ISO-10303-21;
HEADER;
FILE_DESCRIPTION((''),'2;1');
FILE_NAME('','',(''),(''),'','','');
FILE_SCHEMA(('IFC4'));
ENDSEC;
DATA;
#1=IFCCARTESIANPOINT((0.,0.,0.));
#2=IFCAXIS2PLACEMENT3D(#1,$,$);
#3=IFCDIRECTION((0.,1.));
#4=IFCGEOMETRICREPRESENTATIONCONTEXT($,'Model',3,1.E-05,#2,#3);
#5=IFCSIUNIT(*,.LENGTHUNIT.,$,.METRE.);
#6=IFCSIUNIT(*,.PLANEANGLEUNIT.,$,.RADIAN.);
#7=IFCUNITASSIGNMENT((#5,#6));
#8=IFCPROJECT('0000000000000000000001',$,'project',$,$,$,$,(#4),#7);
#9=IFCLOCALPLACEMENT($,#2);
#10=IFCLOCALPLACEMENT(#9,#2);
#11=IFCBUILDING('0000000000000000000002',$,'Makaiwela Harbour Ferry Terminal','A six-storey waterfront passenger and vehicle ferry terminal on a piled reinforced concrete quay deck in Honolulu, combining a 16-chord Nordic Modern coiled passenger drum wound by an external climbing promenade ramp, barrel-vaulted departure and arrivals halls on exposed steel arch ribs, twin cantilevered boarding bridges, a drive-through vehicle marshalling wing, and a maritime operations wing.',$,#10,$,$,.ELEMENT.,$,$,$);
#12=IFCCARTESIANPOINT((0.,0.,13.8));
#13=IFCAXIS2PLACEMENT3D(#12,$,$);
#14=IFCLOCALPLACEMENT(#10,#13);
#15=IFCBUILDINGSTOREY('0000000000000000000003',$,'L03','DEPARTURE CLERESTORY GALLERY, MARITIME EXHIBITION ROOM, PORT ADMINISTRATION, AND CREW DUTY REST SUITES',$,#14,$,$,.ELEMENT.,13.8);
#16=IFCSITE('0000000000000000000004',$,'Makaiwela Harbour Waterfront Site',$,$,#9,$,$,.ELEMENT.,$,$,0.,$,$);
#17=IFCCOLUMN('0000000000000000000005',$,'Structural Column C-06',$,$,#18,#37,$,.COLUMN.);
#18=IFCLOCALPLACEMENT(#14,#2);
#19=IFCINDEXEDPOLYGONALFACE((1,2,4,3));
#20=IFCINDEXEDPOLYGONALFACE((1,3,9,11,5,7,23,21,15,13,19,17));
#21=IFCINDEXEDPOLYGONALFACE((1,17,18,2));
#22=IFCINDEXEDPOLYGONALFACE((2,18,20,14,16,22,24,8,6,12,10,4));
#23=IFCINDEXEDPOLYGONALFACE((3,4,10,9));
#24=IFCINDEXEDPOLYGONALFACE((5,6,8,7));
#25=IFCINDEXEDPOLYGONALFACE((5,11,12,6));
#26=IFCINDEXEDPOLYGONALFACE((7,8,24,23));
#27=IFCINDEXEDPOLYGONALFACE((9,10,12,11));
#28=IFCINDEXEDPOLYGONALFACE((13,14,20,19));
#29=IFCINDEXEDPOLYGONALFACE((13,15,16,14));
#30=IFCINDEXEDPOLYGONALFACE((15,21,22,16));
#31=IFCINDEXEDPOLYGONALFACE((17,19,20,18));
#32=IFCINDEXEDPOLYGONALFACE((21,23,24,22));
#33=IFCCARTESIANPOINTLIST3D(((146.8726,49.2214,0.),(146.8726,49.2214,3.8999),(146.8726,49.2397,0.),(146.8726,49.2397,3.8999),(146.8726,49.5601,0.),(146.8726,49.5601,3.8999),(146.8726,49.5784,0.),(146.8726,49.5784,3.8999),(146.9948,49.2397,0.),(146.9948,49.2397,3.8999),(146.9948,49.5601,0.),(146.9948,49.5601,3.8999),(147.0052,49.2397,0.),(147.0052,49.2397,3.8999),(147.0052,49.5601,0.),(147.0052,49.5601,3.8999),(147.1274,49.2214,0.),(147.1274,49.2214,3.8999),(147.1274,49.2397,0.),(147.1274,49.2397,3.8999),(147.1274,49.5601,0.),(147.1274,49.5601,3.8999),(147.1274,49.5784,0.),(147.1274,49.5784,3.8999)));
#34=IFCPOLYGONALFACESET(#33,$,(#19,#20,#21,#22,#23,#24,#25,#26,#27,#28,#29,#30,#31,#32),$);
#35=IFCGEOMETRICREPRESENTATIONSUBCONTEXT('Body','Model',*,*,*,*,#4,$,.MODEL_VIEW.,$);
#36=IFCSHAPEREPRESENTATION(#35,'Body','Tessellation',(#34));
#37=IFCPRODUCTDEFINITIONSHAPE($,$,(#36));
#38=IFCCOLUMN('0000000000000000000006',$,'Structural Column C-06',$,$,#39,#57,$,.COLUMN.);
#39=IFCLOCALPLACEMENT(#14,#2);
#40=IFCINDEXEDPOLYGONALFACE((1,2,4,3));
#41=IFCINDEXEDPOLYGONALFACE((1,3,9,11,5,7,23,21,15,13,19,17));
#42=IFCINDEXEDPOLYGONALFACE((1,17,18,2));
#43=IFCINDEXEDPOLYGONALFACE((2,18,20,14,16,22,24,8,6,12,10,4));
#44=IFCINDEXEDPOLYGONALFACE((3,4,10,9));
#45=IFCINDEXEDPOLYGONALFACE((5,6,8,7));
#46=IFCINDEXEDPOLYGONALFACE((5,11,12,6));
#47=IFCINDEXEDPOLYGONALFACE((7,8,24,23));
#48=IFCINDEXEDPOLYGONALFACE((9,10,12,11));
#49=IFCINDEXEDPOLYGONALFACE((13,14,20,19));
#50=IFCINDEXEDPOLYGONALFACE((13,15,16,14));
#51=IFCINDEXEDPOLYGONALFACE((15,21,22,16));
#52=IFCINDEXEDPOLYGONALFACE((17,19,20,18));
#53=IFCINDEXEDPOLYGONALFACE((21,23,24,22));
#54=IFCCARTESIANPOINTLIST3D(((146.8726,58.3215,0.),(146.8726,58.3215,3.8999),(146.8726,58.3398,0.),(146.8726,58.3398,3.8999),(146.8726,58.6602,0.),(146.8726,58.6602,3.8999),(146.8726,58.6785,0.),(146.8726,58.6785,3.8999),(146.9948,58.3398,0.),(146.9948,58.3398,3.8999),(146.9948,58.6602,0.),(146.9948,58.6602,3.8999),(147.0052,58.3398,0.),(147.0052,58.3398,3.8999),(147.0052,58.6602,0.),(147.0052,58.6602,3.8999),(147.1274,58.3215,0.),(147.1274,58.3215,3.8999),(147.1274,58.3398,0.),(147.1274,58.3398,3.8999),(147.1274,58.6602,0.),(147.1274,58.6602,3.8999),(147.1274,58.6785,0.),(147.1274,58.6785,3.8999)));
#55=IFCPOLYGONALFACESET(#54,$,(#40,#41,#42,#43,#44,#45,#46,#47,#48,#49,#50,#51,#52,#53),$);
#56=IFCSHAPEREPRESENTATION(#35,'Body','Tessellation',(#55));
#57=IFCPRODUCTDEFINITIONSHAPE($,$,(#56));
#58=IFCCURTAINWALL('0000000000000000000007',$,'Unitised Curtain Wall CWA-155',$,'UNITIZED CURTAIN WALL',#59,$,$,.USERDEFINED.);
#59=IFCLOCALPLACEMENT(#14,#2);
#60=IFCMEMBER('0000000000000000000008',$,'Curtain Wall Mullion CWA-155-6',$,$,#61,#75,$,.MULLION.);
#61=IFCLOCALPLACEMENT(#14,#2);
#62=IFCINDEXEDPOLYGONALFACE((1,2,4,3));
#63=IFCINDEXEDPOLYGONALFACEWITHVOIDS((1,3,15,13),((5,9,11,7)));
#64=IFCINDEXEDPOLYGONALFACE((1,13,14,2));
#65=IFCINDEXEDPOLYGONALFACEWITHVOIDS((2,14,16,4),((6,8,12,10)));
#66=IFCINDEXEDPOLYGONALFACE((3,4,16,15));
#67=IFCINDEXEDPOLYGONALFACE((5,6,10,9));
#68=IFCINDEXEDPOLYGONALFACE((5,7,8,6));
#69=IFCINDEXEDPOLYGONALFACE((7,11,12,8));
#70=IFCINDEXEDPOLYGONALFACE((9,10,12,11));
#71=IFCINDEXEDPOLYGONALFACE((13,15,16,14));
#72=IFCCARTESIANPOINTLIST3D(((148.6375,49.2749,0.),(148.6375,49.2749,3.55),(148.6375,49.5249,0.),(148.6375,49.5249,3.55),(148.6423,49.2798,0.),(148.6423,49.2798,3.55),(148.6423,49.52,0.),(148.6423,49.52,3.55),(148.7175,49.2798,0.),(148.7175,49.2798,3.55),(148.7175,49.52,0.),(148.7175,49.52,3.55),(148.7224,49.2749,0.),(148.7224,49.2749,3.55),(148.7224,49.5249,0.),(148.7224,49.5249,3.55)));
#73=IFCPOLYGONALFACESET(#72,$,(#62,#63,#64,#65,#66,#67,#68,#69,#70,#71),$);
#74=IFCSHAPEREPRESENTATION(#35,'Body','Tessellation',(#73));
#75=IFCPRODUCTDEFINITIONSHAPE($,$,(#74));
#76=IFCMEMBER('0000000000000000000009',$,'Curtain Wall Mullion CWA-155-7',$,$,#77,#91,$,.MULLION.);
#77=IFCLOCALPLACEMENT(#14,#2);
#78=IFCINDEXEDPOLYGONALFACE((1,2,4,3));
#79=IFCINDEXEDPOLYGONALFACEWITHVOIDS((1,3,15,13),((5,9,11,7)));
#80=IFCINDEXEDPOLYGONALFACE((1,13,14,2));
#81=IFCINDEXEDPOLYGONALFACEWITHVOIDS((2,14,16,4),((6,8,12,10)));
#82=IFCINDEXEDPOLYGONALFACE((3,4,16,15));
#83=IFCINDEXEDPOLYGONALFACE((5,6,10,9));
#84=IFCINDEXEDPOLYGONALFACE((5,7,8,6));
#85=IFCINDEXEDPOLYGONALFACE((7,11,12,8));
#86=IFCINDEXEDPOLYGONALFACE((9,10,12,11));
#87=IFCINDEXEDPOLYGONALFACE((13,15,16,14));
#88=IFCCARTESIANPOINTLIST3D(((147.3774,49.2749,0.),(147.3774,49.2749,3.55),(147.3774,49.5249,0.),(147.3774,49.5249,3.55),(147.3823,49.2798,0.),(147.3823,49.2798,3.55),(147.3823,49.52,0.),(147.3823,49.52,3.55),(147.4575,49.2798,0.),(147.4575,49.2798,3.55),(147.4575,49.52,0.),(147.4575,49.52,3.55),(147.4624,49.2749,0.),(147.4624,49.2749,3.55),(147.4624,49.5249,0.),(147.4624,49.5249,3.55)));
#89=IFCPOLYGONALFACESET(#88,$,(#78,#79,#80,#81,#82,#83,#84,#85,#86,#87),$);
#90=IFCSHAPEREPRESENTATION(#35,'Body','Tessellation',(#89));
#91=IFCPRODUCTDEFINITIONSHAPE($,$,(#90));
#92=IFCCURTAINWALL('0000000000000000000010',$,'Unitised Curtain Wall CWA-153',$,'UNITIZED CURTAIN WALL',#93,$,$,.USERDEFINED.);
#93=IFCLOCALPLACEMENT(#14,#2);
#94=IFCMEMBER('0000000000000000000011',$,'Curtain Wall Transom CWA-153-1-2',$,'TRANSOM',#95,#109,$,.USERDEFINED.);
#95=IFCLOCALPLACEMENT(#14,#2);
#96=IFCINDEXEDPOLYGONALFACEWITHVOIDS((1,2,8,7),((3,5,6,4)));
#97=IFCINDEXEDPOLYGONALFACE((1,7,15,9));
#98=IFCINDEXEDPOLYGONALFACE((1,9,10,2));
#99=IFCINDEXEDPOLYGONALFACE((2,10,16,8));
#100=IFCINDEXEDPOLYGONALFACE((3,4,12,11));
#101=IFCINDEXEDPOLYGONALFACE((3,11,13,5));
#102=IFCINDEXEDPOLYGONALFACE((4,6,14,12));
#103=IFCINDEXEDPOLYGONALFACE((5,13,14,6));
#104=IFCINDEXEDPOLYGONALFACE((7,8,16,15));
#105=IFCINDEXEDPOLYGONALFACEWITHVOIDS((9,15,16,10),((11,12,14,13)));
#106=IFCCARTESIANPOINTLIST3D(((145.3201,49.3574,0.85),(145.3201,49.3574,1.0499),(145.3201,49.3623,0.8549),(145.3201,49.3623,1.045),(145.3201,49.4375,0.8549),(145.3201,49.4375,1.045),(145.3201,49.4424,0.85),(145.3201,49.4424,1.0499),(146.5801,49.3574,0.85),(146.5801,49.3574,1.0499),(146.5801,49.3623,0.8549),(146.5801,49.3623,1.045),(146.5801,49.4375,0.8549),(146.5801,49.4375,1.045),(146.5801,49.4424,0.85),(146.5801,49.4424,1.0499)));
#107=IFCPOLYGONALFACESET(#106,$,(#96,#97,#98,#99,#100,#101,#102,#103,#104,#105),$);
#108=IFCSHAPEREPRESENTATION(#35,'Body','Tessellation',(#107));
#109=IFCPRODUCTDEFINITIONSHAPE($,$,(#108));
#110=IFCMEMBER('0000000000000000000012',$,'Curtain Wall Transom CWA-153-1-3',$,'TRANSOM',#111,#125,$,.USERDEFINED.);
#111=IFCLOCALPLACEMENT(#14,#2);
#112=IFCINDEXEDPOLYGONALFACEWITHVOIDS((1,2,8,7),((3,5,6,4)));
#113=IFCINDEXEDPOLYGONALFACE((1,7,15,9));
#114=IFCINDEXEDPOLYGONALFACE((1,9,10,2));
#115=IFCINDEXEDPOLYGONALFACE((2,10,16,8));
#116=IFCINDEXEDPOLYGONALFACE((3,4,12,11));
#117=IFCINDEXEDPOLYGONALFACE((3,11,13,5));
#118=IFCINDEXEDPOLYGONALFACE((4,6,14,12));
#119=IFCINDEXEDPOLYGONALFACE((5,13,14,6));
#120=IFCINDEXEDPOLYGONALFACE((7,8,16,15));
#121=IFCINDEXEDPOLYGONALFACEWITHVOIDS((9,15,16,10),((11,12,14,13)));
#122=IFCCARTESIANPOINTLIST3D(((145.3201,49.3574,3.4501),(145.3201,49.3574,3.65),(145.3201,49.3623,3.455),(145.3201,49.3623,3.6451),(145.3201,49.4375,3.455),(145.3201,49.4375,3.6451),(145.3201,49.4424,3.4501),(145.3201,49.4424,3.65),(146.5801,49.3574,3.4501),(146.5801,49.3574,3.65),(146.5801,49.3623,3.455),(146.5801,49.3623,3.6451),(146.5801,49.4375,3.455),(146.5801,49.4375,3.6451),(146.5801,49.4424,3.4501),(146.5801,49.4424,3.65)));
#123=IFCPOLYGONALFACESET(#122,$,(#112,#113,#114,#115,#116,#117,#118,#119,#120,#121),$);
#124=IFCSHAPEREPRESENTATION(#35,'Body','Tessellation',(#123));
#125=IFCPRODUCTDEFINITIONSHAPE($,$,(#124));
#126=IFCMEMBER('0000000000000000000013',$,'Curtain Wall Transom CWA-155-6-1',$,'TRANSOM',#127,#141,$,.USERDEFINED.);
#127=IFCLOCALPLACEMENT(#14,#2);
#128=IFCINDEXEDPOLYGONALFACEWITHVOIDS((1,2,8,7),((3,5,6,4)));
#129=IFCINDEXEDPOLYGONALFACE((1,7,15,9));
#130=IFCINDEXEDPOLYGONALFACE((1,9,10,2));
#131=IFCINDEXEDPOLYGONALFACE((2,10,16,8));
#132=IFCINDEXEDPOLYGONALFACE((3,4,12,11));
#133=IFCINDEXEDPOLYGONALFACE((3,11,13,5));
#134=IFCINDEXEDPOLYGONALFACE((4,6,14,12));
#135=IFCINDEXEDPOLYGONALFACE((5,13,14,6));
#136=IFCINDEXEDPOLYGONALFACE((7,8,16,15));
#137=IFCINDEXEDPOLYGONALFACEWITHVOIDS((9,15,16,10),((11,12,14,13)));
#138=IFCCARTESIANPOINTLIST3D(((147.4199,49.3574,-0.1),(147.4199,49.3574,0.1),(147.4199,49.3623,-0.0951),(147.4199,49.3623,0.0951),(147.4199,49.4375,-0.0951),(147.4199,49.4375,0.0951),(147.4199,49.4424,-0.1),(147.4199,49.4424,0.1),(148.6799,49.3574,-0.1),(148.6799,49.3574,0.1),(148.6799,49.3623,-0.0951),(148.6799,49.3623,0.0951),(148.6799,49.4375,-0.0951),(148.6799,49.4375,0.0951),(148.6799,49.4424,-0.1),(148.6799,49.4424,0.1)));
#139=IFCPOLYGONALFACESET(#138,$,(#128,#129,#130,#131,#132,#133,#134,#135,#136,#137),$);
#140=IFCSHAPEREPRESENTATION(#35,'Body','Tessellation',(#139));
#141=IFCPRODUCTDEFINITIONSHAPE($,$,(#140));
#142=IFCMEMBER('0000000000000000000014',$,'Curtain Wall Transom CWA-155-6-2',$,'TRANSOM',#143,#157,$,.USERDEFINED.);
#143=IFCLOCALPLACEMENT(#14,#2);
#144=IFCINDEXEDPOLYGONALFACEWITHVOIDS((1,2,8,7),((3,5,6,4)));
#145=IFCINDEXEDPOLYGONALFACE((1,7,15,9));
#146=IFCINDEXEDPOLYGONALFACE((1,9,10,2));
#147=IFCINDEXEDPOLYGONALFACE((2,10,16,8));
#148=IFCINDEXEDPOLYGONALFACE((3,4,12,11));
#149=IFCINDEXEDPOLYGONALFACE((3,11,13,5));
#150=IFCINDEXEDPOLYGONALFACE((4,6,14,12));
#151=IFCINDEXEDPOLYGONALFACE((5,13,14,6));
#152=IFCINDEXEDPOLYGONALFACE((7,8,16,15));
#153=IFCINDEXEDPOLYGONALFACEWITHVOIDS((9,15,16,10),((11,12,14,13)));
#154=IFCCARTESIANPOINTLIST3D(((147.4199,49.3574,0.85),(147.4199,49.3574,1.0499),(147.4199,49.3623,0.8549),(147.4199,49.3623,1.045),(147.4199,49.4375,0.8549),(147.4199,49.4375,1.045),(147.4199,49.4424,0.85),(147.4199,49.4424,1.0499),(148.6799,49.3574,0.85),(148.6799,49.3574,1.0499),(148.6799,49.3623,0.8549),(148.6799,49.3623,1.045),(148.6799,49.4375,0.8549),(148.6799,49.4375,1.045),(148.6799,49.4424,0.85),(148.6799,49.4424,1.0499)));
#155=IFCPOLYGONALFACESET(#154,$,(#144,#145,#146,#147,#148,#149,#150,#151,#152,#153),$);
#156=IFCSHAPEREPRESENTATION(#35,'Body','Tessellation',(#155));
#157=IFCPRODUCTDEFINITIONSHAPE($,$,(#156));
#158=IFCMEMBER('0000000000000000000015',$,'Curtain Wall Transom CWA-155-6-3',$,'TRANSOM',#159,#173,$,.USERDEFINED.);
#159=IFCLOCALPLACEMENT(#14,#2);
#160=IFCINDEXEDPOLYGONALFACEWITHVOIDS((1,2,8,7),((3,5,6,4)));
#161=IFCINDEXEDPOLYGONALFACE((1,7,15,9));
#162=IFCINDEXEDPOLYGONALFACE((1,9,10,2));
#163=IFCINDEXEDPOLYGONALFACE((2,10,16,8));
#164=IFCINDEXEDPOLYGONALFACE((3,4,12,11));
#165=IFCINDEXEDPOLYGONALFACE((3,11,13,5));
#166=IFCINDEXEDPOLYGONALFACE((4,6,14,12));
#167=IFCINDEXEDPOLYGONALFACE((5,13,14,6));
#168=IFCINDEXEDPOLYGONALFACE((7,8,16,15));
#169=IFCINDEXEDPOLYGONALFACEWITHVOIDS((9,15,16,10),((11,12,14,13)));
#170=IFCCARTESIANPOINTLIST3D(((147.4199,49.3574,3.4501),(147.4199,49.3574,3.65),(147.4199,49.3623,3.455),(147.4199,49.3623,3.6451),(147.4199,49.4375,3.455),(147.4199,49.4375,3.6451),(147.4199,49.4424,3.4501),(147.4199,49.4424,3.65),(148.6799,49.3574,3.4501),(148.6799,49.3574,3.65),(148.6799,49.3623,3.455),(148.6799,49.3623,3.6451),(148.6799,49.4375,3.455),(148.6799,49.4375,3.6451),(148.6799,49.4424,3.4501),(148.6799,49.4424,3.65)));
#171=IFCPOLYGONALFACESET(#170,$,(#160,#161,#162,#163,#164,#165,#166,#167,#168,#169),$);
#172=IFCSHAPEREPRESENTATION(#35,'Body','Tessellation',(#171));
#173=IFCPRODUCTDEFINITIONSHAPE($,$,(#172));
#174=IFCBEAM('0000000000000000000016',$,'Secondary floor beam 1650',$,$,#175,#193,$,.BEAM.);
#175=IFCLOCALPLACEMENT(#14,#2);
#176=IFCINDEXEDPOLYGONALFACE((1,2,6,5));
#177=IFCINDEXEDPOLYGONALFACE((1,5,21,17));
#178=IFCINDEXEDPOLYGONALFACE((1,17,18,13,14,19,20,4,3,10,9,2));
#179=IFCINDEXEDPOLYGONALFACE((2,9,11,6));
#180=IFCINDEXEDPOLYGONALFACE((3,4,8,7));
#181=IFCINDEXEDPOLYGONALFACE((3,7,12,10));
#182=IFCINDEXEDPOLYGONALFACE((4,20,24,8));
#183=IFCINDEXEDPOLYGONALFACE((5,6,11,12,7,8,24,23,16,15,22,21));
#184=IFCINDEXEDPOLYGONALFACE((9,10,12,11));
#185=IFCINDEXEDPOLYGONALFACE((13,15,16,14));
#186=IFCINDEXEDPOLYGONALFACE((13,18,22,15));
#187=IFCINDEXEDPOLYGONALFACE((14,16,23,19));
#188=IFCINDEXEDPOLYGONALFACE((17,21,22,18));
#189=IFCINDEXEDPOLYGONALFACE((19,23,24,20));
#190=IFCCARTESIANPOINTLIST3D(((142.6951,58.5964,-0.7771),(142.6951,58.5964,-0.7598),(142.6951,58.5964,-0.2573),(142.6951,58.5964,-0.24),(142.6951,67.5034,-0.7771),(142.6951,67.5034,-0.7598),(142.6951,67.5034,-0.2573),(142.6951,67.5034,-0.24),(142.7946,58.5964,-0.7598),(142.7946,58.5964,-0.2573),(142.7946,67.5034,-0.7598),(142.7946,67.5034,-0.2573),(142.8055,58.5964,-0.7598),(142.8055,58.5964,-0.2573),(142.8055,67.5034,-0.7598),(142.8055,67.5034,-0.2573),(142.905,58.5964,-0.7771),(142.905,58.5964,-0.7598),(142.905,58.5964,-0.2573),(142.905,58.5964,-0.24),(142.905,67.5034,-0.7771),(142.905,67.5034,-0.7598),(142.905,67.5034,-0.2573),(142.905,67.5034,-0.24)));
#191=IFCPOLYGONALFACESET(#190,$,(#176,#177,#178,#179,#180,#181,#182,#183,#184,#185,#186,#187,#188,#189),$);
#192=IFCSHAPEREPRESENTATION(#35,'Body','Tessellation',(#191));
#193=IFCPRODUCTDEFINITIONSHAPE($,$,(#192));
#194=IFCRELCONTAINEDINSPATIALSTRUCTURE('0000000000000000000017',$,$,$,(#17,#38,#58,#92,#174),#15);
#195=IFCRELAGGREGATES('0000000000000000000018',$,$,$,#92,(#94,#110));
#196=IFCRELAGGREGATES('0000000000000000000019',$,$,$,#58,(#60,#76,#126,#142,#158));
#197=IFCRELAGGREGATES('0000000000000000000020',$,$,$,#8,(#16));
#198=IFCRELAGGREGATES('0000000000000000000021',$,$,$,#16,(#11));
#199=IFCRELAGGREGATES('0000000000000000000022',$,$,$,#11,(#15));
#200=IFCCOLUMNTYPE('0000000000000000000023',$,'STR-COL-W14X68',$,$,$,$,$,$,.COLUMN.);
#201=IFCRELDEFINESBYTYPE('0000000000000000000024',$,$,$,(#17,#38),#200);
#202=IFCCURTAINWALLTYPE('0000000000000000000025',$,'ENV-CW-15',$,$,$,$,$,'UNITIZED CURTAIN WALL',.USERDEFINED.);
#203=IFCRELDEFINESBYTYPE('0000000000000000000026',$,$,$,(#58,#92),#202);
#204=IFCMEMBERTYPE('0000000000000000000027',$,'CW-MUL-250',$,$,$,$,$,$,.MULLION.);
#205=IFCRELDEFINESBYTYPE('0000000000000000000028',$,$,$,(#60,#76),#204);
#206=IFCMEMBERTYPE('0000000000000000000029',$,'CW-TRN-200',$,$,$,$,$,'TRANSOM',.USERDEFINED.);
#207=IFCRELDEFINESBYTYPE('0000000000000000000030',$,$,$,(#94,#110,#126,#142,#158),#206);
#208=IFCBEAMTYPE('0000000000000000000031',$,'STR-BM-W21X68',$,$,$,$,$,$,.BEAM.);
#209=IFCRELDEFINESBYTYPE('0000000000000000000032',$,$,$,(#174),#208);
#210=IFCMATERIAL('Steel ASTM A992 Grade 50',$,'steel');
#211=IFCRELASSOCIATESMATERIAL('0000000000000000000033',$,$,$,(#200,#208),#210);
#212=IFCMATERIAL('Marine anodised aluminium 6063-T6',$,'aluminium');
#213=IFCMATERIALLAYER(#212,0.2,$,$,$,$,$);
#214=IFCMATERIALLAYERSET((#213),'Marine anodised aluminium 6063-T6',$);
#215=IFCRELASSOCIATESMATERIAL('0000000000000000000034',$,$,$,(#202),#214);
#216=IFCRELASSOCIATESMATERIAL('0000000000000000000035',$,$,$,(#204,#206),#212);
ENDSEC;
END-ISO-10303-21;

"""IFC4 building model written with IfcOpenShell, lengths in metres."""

from ifc_helpers import new_model, si_unit, direction, frame, origin, origin_2d, place, context, subcontext, project, spatial, hollow_rectangle, i_section, extrude, material, layer, layer_set, material_profile, profile_set, type_object, element, aggregate, save


model = new_model("IFC4")

# Units and contexts
model_context = context("Model", 3, precision=1e-05, world=origin(), true_north=direction((0.0, 1.0)))
body_context = subcontext(model_context, "Body", "Model", "MODEL_VIEW")
ifc_project = project(units=[si_unit("LENGTHUNIT", "METRE"), si_unit("PLANEANGLEUNIT", "RADIAN")], contexts=[model_context])

# Site, building, storey
site_placement = place(None, origin())
site = spatial("IfcSite", under=ifc_project, at=site_placement, Name="Makaiwela Harbour Waterfront Site", CompositionType="ELEMENT", RefElevation=0.0)
building_placement = place(site_placement, origin())
building = spatial("IfcBuilding", under=site, at=building_placement, Name="Makaiwela Harbour Ferry Terminal", Description="A six-storey waterfront passenger and vehicle ferry terminal on a piled reinforced concrete quay deck in Honolulu, combining a 16-chord Nordic Modern coiled passenger drum wound by an external climbing promenade ramp, barrel-vaulted departure and arrivals halls on exposed steel arch ribs, twin cantilevered boarding bridges, a drive-through vehicle marshalling wing, and a maritime operations wing.", CompositionType="ELEMENT")
storey_placement = place(building_placement, frame((0.0, 0.0, 13.8)))
storey = spatial("IfcBuildingStorey", under=building, at=storey_placement, Name="L03", Description="DEPARTURE CLERESTORY GALLERY, MARITIME EXHIBITION ROOM, PORT ADMINISTRATION, AND CREW DUTY REST SUITES", CompositionType="ELEMENT", Elevation=13.8)

# Columns
ifc_material_1 = material(Name="Steel ASTM A992 Grade 50", Category="steel")
ifc_material_profile_1 = material_profile(ifc_material_1, i_section(OverallWidth=0.2549, OverallDepth=0.3569, WebThickness=0.0105, FlangeThickness=0.0183, at=origin_2d()), Name="W14X68")
ifc_profile_set_1 = profile_set([ifc_material_profile_1], Name="Steel ASTM A992 Grade 50")
column_type = type_object("IfcColumnType", Name="STR-COL-W14X68", PredefinedType="COLUMN", material=ifc_profile_set_1)
for number, where, z_axis, x_axis, name in (
    (1, (147.0, 49.3999, 0.0), (0.0, 0.0, 1.0), (1.0, 0.0, 0.0), "Structural Column C-06"),
    (2, (147.0, 58.5, 0.0), (0.0, 0.0, 1.0), (1.0, 0.0, 0.0), "Structural Column C-06"),
):
    element("IfcColumn", number, at=place(storey_placement, frame(where, z_axis=z_axis, x_axis=x_axis)), inside=storey, type_object=column_type, Name=name, PredefinedType="COLUMN", context=body_context, shape_type="SweptSolid", body=[
        extrude(i_section(OverallWidth=0.2549, OverallDepth=0.3569, WebThickness=0.0105, FlangeThickness=0.0183, at=origin_2d()), origin(), (0.0, 0.0, 1.0), 3.8999),
    ])

# Curtain walls, members
ifc_material_2 = material(Name="Marine anodised aluminium 6063-T6", Category="aluminium")
ifc_layer_1 = layer(ifc_material_2, 0.2)
ifc_layer_set_1 = layer_set([ifc_layer_1], Name="Marine anodised aluminium 6063-T6")
curtain_wall_type = type_object("IfcCurtainWallType", Name="ENV-CW-15", ElementType="UNITIZED CURTAIN WALL", PredefinedType="USERDEFINED", material=ifc_layer_set_1)
curtain_wall_1_placement = place(storey_placement, origin())
curtain_wall_1 = element("IfcCurtainWall", 3, at=curtain_wall_1_placement, inside=storey, type_object=curtain_wall_type, Name="Unitised Curtain Wall CWA-155", ObjectType="UNITIZED CURTAIN WALL", PredefinedType="USERDEFINED")
ifc_material_profile_2 = material_profile(ifc_material_2, hollow_rectangle(XDim=0.085, YDim=0.25, WallThickness=0.0049, at=origin_2d()), Name="CWM-250X85")
ifc_profile_set_2 = profile_set([ifc_material_profile_2], Name="Marine anodised aluminium 6063-T6")
member_type_1 = type_object("IfcMemberType", Name="CW-MUL-250", PredefinedType="MULLION", material=ifc_profile_set_2)
member_1_placement = place(storey_placement, frame((148.6799, 49.3999, 0.0), z_axis=(0.0, 0.0, 1.0), x_axis=(1.0, 0.0, 0.0)))
member_1 = element("IfcMember", 4, at=member_1_placement, type_object=member_type_1, Name="Curtain Wall Mullion CWA-155-6", PredefinedType="MULLION", context=body_context, shape_type="SweptSolid", body=[
    extrude(hollow_rectangle(XDim=0.085, YDim=0.25, WallThickness=0.0049, at=origin_2d()), origin(), (0.0, 0.0, 1.0), 3.55),
])
member_2_placement = place(storey_placement, frame((147.4199, 49.3999, 0.0), z_axis=(0.0, 0.0, 1.0), x_axis=(1.0, 0.0, 0.0)))
member_2 = element("IfcMember", 5, at=member_2_placement, type_object=member_type_1, Name="Curtain Wall Mullion CWA-155-7", PredefinedType="MULLION", context=body_context, shape_type="SweptSolid", body=[
    extrude(hollow_rectangle(XDim=0.085, YDim=0.25, WallThickness=0.0049, at=origin_2d()), origin(), (0.0, 0.0, 1.0), 3.55),
])
curtain_wall_2_placement = place(storey_placement, origin())
curtain_wall_2 = element("IfcCurtainWall", 6, at=curtain_wall_2_placement, inside=storey, type_object=curtain_wall_type, Name="Unitised Curtain Wall CWA-153", ObjectType="UNITIZED CURTAIN WALL", PredefinedType="USERDEFINED")
ifc_material_profile_3 = material_profile(ifc_material_2, hollow_rectangle(XDim=0.085, YDim=0.2, WallThickness=0.0049, at=origin_2d()), Name="CWT-200X85")
ifc_profile_set_3 = profile_set([ifc_material_profile_3], Name="Marine anodised aluminium 6063-T6")
member_type_2 = type_object("IfcMemberType", Name="CW-TRN-200", ElementType="TRANSOM", PredefinedType="USERDEFINED", material=ifc_profile_set_3)
member_3_placement = place(storey_placement, frame((146.5801, 49.3999, 0.95), z_axis=(-1.0, 0.0, 0.0), x_axis=(0.0, -1.0, 0.0)))
member_3 = element("IfcMember", 7, at=member_3_placement, type_object=member_type_2, Name="Curtain Wall Transom CWA-153-1-2", ObjectType="TRANSOM", PredefinedType="USERDEFINED", context=body_context, shape_type="SweptSolid", body=[
    extrude(hollow_rectangle(XDim=0.085, YDim=0.2, WallThickness=0.0049, at=origin_2d()), origin(), (0.0, 0.0, 1.0), 1.26),
])
member_4_placement = place(storey_placement, frame((146.5801, 49.3999, 3.55), z_axis=(-1.0, 0.0, 0.0), x_axis=(0.0, -1.0, 0.0)))
member_4 = element("IfcMember", 8, at=member_4_placement, type_object=member_type_2, Name="Curtain Wall Transom CWA-153-1-3", ObjectType="TRANSOM", PredefinedType="USERDEFINED", context=body_context, shape_type="SweptSolid", body=[
    extrude(hollow_rectangle(XDim=0.085, YDim=0.2, WallThickness=0.0049, at=origin_2d()), origin(), (0.0, 0.0, 1.0), 1.26),
])
aggregate(curtain_wall_2, [member_3, member_4])

# Members
member_5_placement = place(storey_placement, frame((148.6799, 49.3999, 0.0), z_axis=(-1.0, 0.0, 0.0), x_axis=(0.0, -1.0, 0.0)))
member_5 = element("IfcMember", 9, at=member_5_placement, type_object=member_type_2, Name="Curtain Wall Transom CWA-155-6-1", ObjectType="TRANSOM", PredefinedType="USERDEFINED", context=body_context, shape_type="SweptSolid", body=[
    extrude(hollow_rectangle(XDim=0.085, YDim=0.2, WallThickness=0.0049, at=origin_2d()), origin(), (0.0, 0.0, 1.0), 1.26),
])
member_6_placement = place(storey_placement, frame((148.6799, 49.3999, 0.95), z_axis=(-1.0, 0.0, 0.0), x_axis=(0.0, -1.0, 0.0)))
member_6 = element("IfcMember", 10, at=member_6_placement, type_object=member_type_2, Name="Curtain Wall Transom CWA-155-6-2", ObjectType="TRANSOM", PredefinedType="USERDEFINED", context=body_context, shape_type="SweptSolid", body=[
    extrude(hollow_rectangle(XDim=0.085, YDim=0.2, WallThickness=0.0049, at=origin_2d()), origin(), (0.0, 0.0, 1.0), 1.26),
])
member_7_placement = place(storey_placement, frame((148.6799, 49.3999, 3.55), z_axis=(-1.0, 0.0, 0.0), x_axis=(0.0, -1.0, 0.0)))
member_7 = element("IfcMember", 11, at=member_7_placement, type_object=member_type_2, Name="Curtain Wall Transom CWA-155-6-3", ObjectType="TRANSOM", PredefinedType="USERDEFINED", context=body_context, shape_type="SweptSolid", body=[
    extrude(hollow_rectangle(XDim=0.085, YDim=0.2, WallThickness=0.0049, at=origin_2d()), origin(), (0.0, 0.0, 1.0), 1.26),
])

# Beam
ifc_material_profile_4 = material_profile(ifc_material_1, i_section(OverallWidth=0.21, OverallDepth=0.5371, WebThickness=0.011, FlangeThickness=0.0173, at=origin_2d()), Name="W21X68")
ifc_profile_set_4 = profile_set([ifc_material_profile_4], Name="Steel ASTM A992 Grade 50")
beam_type_1 = type_object("IfcBeamType", Name="STR-BM-W21X68", PredefinedType="BEAM", material=ifc_profile_set_4)
beam_1_placement = place(storey_placement, frame((142.8, 58.5964, -0.5085), z_axis=(0.0, 1.0, 0.0), x_axis=(-1.0, 0.0, 0.0)))
element("IfcBeam", 12, at=beam_1_placement, inside=storey, type_object=beam_type_1, Name="Secondary floor beam 1650", PredefinedType="BEAM", context=body_context, shape_type="SweptSolid", body=[
    extrude(i_section(OverallWidth=0.21, OverallDepth=0.5371, WebThickness=0.011, FlangeThickness=0.0173, at=origin_2d()), origin(), (0.0, 0.0, 1.0), 8.907),
])

aggregate(curtain_wall_1, [member_1, member_2, member_5, member_6, member_7])

save(model, "model.ifc")
